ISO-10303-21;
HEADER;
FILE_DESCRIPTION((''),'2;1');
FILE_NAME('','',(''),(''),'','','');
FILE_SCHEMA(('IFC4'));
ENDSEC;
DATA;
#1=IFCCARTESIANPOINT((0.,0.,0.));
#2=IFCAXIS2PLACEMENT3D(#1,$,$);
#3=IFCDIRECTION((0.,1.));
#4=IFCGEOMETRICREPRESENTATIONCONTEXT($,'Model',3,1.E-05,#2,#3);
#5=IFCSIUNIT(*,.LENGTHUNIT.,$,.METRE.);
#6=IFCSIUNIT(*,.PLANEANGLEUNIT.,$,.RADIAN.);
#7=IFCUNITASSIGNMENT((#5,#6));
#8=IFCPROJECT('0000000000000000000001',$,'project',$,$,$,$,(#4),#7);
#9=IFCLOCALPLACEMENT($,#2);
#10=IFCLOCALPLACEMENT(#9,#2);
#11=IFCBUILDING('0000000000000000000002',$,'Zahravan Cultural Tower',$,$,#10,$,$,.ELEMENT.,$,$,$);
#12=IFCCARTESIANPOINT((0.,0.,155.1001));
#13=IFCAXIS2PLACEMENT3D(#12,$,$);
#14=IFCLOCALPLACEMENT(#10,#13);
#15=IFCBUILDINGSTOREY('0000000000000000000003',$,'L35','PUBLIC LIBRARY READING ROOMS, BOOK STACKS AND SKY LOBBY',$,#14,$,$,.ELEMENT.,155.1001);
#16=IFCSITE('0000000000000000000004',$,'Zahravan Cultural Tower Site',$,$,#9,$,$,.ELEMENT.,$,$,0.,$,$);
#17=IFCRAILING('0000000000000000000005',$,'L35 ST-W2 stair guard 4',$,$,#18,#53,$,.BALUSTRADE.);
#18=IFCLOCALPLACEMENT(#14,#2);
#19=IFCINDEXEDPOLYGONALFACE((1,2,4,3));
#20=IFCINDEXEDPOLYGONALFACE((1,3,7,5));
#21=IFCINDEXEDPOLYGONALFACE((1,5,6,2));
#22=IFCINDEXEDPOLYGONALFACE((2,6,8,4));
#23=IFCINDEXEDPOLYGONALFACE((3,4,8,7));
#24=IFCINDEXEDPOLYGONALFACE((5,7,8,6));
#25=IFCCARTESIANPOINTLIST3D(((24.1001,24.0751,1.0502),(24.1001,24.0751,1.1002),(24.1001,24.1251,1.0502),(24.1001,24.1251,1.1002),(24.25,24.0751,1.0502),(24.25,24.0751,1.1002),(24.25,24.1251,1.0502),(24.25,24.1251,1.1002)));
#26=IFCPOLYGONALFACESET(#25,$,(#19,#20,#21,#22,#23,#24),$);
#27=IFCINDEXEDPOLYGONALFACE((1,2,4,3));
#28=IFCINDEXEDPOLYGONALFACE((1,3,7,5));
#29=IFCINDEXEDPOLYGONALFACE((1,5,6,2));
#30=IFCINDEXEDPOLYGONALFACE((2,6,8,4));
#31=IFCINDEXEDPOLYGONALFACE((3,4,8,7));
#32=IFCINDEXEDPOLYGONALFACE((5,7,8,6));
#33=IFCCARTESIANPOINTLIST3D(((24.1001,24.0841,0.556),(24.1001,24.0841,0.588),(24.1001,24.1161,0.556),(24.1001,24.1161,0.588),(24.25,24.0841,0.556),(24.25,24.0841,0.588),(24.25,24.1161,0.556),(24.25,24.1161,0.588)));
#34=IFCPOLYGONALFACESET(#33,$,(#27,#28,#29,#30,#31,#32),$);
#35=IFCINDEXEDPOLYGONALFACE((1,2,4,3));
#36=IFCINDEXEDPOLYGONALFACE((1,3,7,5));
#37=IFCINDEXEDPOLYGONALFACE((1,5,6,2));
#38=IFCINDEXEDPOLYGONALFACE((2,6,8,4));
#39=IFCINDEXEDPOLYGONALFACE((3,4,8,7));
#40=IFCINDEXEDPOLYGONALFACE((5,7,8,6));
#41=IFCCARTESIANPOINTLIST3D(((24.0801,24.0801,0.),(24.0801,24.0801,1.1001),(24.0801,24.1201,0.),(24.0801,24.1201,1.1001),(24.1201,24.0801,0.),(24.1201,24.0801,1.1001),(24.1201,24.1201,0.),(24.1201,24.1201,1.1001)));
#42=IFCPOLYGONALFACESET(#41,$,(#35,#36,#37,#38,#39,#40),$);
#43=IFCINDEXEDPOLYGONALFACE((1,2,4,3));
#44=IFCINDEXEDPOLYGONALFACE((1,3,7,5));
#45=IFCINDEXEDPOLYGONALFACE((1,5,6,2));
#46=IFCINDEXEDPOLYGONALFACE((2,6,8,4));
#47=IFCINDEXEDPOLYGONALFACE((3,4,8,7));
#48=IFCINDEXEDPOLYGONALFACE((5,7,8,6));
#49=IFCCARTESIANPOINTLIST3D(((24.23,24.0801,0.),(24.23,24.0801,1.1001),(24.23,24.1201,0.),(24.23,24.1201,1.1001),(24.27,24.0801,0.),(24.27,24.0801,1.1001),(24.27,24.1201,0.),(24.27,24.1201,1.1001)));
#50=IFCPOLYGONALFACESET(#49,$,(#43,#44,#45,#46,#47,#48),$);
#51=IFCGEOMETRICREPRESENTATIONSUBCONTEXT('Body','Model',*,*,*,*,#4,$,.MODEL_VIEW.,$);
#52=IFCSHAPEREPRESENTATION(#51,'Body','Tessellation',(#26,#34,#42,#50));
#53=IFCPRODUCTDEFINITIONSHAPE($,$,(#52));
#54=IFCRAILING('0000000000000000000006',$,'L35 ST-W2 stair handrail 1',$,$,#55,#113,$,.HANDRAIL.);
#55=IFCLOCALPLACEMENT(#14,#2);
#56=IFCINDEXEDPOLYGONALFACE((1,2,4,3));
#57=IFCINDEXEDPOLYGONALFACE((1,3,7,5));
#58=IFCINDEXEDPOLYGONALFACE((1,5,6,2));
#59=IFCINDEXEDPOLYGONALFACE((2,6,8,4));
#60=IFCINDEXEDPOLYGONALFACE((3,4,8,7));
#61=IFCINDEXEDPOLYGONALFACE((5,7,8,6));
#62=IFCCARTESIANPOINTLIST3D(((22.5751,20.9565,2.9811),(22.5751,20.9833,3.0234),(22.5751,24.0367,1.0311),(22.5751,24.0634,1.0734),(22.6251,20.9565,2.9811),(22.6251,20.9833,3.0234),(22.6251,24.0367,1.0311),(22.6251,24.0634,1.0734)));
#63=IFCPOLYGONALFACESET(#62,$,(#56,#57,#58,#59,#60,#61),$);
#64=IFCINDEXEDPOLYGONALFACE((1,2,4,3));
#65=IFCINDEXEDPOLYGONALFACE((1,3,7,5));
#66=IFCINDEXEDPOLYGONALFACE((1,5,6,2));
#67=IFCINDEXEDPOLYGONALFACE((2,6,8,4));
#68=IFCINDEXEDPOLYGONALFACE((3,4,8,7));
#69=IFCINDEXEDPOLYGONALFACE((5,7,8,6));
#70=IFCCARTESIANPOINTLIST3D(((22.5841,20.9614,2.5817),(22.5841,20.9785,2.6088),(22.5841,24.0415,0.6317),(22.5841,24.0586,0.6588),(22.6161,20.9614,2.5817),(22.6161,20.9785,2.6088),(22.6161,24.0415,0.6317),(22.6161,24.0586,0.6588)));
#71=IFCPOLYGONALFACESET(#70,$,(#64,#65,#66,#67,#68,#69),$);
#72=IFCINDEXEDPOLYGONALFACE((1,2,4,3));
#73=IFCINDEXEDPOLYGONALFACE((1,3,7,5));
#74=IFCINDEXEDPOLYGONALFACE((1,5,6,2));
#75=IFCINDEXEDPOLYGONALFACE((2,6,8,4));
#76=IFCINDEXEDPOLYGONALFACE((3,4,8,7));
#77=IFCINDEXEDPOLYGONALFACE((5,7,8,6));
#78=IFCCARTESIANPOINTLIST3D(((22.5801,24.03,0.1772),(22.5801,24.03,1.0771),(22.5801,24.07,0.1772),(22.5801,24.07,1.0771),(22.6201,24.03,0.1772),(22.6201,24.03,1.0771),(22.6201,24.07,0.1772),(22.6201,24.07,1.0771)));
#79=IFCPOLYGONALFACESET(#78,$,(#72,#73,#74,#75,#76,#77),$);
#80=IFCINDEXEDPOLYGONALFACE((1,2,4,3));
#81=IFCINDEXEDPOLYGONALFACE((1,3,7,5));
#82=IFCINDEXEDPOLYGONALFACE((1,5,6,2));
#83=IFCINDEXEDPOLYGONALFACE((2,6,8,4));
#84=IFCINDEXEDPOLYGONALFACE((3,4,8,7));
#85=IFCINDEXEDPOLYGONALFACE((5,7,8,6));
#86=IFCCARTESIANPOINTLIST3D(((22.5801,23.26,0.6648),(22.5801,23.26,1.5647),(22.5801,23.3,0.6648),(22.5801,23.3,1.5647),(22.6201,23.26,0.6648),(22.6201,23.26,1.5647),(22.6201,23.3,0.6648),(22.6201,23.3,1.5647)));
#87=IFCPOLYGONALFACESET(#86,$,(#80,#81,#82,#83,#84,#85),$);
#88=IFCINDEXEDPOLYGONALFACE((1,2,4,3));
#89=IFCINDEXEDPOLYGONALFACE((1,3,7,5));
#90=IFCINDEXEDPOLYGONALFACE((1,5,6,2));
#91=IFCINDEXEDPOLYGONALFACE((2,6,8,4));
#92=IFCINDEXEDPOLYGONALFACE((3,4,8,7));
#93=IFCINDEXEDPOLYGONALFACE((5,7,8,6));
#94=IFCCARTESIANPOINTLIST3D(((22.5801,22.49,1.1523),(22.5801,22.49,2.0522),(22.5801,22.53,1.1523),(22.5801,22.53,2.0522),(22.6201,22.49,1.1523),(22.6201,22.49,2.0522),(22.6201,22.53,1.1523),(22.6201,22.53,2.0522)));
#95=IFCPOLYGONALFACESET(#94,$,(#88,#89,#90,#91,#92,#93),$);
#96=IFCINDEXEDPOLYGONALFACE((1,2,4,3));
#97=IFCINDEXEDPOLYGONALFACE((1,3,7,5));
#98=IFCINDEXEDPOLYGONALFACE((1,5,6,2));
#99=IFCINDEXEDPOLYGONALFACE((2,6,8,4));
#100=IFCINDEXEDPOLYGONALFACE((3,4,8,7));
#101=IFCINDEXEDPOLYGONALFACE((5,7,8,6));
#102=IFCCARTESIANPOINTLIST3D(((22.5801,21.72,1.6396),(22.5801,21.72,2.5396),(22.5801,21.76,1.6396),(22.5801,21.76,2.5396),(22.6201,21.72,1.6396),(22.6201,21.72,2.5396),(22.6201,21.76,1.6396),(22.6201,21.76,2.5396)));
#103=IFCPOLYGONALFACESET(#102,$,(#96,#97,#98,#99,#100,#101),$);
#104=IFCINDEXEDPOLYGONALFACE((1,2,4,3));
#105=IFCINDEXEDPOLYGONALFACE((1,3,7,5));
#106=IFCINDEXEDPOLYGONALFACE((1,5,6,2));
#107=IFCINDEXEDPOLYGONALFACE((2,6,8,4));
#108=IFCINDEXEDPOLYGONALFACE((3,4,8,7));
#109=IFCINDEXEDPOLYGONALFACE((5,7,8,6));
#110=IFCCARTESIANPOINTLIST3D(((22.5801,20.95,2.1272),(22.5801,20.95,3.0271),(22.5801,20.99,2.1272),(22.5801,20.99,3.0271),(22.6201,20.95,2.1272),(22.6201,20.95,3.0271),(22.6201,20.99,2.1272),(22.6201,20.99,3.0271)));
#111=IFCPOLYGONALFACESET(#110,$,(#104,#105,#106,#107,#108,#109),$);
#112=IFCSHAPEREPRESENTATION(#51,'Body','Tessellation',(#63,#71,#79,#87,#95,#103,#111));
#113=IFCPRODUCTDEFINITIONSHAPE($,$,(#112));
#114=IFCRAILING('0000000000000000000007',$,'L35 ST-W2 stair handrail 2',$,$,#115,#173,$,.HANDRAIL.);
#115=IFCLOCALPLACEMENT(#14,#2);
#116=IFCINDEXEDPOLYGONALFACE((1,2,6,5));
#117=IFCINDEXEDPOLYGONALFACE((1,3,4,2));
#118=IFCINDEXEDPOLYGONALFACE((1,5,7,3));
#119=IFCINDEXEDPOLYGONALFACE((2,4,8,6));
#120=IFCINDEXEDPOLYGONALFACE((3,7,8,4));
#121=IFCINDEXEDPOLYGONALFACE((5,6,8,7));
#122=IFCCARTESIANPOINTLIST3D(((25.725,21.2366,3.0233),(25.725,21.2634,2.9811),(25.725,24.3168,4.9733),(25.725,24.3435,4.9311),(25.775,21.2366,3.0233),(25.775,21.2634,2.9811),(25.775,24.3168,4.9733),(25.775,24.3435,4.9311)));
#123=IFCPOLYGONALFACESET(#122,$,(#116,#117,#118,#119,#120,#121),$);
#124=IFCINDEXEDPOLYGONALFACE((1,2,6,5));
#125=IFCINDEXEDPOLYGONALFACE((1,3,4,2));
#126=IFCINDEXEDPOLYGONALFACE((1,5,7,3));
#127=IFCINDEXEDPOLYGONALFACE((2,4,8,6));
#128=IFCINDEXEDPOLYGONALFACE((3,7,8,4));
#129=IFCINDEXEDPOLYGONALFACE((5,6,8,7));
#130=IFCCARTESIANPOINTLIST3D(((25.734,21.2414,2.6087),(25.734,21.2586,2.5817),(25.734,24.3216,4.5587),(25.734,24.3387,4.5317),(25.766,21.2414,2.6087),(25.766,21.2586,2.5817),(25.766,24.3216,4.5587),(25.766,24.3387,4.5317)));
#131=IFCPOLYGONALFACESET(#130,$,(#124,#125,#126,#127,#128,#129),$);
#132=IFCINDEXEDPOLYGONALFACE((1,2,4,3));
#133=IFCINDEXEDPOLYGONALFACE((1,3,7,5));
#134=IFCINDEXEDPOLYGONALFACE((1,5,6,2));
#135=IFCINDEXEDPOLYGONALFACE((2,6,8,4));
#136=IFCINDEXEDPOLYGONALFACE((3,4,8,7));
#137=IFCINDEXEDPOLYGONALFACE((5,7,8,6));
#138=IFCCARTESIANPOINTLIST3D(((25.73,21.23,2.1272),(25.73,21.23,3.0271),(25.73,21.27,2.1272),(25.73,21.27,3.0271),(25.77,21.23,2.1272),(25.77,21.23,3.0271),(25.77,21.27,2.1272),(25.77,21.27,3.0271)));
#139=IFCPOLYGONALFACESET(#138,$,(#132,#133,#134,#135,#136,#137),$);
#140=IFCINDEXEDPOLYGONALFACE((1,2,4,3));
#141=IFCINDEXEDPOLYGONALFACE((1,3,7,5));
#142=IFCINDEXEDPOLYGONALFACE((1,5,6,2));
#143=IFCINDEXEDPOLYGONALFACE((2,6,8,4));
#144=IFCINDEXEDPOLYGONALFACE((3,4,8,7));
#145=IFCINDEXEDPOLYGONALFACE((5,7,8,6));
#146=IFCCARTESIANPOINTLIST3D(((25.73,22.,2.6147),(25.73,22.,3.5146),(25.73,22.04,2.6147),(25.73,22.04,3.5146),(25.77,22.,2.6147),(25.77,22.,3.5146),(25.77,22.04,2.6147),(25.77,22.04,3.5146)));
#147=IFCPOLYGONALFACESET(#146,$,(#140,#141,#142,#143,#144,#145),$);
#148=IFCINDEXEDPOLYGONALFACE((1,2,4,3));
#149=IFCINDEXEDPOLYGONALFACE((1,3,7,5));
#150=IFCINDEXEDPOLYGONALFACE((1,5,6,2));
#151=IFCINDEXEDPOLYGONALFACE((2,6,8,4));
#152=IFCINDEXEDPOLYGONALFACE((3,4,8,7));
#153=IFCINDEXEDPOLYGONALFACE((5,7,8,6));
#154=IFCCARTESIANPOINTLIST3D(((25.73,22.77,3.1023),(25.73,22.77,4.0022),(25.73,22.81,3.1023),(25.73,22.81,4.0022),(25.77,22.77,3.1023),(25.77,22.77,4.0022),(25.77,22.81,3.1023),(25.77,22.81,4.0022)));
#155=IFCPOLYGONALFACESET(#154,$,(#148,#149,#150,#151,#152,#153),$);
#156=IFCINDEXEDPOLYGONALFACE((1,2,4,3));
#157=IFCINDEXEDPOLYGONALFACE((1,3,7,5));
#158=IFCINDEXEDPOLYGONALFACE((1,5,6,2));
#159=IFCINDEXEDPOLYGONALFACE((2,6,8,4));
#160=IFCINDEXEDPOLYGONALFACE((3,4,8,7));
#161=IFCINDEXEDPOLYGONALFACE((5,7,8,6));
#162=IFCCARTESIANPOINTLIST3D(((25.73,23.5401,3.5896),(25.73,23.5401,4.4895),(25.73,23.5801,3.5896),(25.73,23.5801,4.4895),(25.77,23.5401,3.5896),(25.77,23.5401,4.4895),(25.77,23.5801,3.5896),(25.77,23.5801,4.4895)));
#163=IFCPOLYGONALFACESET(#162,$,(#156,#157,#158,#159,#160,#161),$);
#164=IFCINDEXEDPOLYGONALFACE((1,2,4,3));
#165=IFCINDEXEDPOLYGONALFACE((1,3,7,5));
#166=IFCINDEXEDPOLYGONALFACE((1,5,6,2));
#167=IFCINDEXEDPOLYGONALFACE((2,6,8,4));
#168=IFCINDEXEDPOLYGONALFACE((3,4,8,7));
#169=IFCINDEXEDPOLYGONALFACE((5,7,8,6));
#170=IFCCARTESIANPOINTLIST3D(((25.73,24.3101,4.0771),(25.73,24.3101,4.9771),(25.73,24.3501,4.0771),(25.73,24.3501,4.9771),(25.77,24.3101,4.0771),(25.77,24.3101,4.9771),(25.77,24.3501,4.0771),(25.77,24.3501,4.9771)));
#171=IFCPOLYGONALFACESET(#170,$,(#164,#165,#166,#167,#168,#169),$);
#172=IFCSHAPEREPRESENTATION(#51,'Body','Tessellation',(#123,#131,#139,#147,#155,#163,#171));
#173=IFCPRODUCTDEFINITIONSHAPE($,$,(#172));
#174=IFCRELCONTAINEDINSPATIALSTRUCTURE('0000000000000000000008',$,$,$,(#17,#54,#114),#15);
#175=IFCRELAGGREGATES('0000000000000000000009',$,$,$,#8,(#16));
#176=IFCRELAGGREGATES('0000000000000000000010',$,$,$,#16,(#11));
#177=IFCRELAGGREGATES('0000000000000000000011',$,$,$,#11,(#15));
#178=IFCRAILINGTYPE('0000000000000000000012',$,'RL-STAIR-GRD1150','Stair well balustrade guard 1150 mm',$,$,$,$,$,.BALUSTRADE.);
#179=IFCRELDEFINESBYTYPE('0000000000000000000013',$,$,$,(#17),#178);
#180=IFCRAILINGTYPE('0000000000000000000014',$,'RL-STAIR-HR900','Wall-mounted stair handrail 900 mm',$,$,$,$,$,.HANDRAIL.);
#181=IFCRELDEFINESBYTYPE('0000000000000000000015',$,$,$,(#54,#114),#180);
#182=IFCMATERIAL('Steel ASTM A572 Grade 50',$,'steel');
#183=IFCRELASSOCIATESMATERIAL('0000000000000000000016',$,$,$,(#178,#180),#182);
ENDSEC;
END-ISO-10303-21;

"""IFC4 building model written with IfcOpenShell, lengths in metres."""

from ifc_helpers import new_model, si_unit, direction, frame, origin, origin_2d, place, context, subcontext, project, spatial, rectangle, extrude, material, type_object, element, save


model = new_model("IFC4")

# Units and contexts
model_context = context("Model", 3, precision=1e-05, world=origin(), true_north=direction((0.0, 1.0)))
body_context = subcontext(model_context, "Body", "Model", "MODEL_VIEW")
ifc_project = project(units=[si_unit("LENGTHUNIT", "METRE"), si_unit("PLANEANGLEUNIT", "RADIAN")], contexts=[model_context])

# Site, building, storey
site_placement = place(None, origin())
site = spatial("IfcSite", under=ifc_project, at=site_placement, Name="Zahravan Cultural Tower Site", CompositionType="ELEMENT", RefElevation=0.0)
building_placement = place(site_placement, origin())
building = spatial("IfcBuilding", under=site, at=building_placement, Name="Zahravan Cultural Tower", CompositionType="ELEMENT")
storey_placement = place(building_placement, frame((0.0, 0.0, 155.1001)))
storey = spatial("IfcBuildingStorey", under=building, at=storey_placement, Name="L35", Description="PUBLIC LIBRARY READING ROOMS, BOOK STACKS AND SKY LOBBY", CompositionType="ELEMENT", Elevation=155.1001)

# Shared definitions
ifc_material_1 = material(Name="Steel ASTM A572 Grade 50", Category="steel")

# Railings
railing_type_1 = type_object("IfcRailingType", Name="RL-STAIR-GRD1150", Description="Stair well balustrade guard 1150 mm", PredefinedType="BALUSTRADE", material=ifc_material_1)
railing_1_placement = place(storey_placement, frame((24.1001, 24.1001, 0.0)))
element("IfcRailing", 1, at=railing_1_placement, inside=storey, type_object=railing_type_1, Name="L35 ST-W2 stair guard 4", PredefinedType="BALUSTRADE", context=body_context, shape_type="SweptSolid", body=[
    extrude(rectangle(XDim=0.05, YDim=0.05, at=origin_2d()), frame((0.0, 0.0, 1.0752), z_axis=(1.0, 0.0, 0.0), x_axis=(0.0, 1.0, 0.0)), (0.0, 0.0, 1.0), 0.1499),
    extrude(rectangle(XDim=0.032, YDim=0.032, at=origin_2d()), frame((0.0, 0.0, 0.572), z_axis=(1.0, 0.0, 0.0), x_axis=(0.0, 1.0, 0.0)), (0.0, 0.0, 1.0), 0.1499),
    extrude(rectangle(XDim=0.04, YDim=0.04, at=origin_2d()), origin(), (0.0, 0.0, 1.0), 1.1001),
    extrude(rectangle(XDim=0.04, YDim=0.04, at=origin_2d()), frame((0.1499, 0.0, 0.0)), (0.0, 0.0, 1.0), 1.1001),
])
railing_type_2 = type_object("IfcRailingType", Name="RL-STAIR-HR900", Description="Wall-mounted stair handrail 900 mm", PredefinedType="HANDRAIL", material=ifc_material_1)
railing_2_placement = place(storey_placement, frame((22.6001, 24.05, 0.1772)))
element("IfcRailing", 2, at=railing_2_placement, inside=storey, type_object=railing_type_2, Name="L35 ST-W2 stair handrail 1", PredefinedType="HANDRAIL", context=body_context, shape_type="SweptSolid", body=[
    extrude(rectangle(XDim=0.05, YDim=0.05, at=origin_2d()), frame((0.0, 0.0, 0.875), z_axis=(0.0, -0.844914, 0.534902), x_axis=(1.0, 0.0, 0.0)), (0.0, 0.0, 1.0), 3.6455),
    extrude(rectangle(XDim=0.032, YDim=0.032, at=origin_2d()), frame((0.0, 0.0, 0.468), z_axis=(0.0, -0.844914, 0.534902), x_axis=(1.0, 0.0, 0.0)), (0.0, 0.0, 1.0), 3.6455),
    extrude(rectangle(XDim=0.04, YDim=0.04, at=origin_2d()), origin(), (0.0, 0.0, 1.0), 0.8999),
    extrude(rectangle(XDim=0.04, YDim=0.04, at=origin_2d()), frame((0.0, -0.77, 0.4875)), (0.0, 0.0, 1.0), 0.8999),
    extrude(rectangle(XDim=0.04, YDim=0.04, at=origin_2d()), frame((0.0, -1.54, 0.9751)), (0.0, 0.0, 1.0), 0.8999),
    extrude(rectangle(XDim=0.04, YDim=0.04, at=origin_2d()), frame((0.0, -2.3101, 1.4624)), (0.0, 0.0, 1.0), 0.8999),
    extrude(rectangle(XDim=0.04, YDim=0.04, at=origin_2d()), frame((0.0, -3.0801, 1.95)), (0.0, 0.0, 1.0), 0.8999),
])
railing_3_placement = place(storey_placement, frame((25.75, 21.25, 2.1272)))
element("IfcRailing", 3, at=railing_3_placement, inside=storey, type_object=railing_type_2, Name="L35 ST-W2 stair handrail 2", PredefinedType="HANDRAIL", context=body_context, shape_type="SweptSolid", body=[
    extrude(rectangle(XDim=0.05, YDim=0.05, at=origin_2d()), frame((0.0, 0.0, 0.875), z_axis=(0.0, 0.844914, 0.534902), x_axis=(-1.0, 0.0, 0.0)), (0.0, 0.0, 1.0), 3.6455),
    extrude(rectangle(XDim=0.032, YDim=0.032, at=origin_2d()), frame((0.0, 0.0, 0.468), z_axis=(0.0, 0.844914, 0.534902), x_axis=(-1.0, 0.0, 0.0)), (0.0, 0.0, 1.0), 3.6455),
    extrude(rectangle(XDim=0.04, YDim=0.04, at=origin_2d()), origin(), (0.0, 0.0, 1.0), 0.8999),
    extrude(rectangle(XDim=0.04, YDim=0.04, at=origin_2d()), frame((0.0, 0.77, 0.4875)), (0.0, 0.0, 1.0), 0.8999),
    extrude(rectangle(XDim=0.04, YDim=0.04, at=origin_2d()), frame((0.0, 1.54, 0.9751)), (0.0, 0.0, 1.0), 0.8999),
    extrude(rectangle(XDim=0.04, YDim=0.04, at=origin_2d()), frame((0.0, 2.3101, 1.4624)), (0.0, 0.0, 1.0), 0.8999),
    extrude(rectangle(XDim=0.04, YDim=0.04, at=origin_2d()), frame((0.0, 3.0801, 1.95)), (0.0, 0.0, 1.0), 0.8999),
])

save(model, "model.ifc")
